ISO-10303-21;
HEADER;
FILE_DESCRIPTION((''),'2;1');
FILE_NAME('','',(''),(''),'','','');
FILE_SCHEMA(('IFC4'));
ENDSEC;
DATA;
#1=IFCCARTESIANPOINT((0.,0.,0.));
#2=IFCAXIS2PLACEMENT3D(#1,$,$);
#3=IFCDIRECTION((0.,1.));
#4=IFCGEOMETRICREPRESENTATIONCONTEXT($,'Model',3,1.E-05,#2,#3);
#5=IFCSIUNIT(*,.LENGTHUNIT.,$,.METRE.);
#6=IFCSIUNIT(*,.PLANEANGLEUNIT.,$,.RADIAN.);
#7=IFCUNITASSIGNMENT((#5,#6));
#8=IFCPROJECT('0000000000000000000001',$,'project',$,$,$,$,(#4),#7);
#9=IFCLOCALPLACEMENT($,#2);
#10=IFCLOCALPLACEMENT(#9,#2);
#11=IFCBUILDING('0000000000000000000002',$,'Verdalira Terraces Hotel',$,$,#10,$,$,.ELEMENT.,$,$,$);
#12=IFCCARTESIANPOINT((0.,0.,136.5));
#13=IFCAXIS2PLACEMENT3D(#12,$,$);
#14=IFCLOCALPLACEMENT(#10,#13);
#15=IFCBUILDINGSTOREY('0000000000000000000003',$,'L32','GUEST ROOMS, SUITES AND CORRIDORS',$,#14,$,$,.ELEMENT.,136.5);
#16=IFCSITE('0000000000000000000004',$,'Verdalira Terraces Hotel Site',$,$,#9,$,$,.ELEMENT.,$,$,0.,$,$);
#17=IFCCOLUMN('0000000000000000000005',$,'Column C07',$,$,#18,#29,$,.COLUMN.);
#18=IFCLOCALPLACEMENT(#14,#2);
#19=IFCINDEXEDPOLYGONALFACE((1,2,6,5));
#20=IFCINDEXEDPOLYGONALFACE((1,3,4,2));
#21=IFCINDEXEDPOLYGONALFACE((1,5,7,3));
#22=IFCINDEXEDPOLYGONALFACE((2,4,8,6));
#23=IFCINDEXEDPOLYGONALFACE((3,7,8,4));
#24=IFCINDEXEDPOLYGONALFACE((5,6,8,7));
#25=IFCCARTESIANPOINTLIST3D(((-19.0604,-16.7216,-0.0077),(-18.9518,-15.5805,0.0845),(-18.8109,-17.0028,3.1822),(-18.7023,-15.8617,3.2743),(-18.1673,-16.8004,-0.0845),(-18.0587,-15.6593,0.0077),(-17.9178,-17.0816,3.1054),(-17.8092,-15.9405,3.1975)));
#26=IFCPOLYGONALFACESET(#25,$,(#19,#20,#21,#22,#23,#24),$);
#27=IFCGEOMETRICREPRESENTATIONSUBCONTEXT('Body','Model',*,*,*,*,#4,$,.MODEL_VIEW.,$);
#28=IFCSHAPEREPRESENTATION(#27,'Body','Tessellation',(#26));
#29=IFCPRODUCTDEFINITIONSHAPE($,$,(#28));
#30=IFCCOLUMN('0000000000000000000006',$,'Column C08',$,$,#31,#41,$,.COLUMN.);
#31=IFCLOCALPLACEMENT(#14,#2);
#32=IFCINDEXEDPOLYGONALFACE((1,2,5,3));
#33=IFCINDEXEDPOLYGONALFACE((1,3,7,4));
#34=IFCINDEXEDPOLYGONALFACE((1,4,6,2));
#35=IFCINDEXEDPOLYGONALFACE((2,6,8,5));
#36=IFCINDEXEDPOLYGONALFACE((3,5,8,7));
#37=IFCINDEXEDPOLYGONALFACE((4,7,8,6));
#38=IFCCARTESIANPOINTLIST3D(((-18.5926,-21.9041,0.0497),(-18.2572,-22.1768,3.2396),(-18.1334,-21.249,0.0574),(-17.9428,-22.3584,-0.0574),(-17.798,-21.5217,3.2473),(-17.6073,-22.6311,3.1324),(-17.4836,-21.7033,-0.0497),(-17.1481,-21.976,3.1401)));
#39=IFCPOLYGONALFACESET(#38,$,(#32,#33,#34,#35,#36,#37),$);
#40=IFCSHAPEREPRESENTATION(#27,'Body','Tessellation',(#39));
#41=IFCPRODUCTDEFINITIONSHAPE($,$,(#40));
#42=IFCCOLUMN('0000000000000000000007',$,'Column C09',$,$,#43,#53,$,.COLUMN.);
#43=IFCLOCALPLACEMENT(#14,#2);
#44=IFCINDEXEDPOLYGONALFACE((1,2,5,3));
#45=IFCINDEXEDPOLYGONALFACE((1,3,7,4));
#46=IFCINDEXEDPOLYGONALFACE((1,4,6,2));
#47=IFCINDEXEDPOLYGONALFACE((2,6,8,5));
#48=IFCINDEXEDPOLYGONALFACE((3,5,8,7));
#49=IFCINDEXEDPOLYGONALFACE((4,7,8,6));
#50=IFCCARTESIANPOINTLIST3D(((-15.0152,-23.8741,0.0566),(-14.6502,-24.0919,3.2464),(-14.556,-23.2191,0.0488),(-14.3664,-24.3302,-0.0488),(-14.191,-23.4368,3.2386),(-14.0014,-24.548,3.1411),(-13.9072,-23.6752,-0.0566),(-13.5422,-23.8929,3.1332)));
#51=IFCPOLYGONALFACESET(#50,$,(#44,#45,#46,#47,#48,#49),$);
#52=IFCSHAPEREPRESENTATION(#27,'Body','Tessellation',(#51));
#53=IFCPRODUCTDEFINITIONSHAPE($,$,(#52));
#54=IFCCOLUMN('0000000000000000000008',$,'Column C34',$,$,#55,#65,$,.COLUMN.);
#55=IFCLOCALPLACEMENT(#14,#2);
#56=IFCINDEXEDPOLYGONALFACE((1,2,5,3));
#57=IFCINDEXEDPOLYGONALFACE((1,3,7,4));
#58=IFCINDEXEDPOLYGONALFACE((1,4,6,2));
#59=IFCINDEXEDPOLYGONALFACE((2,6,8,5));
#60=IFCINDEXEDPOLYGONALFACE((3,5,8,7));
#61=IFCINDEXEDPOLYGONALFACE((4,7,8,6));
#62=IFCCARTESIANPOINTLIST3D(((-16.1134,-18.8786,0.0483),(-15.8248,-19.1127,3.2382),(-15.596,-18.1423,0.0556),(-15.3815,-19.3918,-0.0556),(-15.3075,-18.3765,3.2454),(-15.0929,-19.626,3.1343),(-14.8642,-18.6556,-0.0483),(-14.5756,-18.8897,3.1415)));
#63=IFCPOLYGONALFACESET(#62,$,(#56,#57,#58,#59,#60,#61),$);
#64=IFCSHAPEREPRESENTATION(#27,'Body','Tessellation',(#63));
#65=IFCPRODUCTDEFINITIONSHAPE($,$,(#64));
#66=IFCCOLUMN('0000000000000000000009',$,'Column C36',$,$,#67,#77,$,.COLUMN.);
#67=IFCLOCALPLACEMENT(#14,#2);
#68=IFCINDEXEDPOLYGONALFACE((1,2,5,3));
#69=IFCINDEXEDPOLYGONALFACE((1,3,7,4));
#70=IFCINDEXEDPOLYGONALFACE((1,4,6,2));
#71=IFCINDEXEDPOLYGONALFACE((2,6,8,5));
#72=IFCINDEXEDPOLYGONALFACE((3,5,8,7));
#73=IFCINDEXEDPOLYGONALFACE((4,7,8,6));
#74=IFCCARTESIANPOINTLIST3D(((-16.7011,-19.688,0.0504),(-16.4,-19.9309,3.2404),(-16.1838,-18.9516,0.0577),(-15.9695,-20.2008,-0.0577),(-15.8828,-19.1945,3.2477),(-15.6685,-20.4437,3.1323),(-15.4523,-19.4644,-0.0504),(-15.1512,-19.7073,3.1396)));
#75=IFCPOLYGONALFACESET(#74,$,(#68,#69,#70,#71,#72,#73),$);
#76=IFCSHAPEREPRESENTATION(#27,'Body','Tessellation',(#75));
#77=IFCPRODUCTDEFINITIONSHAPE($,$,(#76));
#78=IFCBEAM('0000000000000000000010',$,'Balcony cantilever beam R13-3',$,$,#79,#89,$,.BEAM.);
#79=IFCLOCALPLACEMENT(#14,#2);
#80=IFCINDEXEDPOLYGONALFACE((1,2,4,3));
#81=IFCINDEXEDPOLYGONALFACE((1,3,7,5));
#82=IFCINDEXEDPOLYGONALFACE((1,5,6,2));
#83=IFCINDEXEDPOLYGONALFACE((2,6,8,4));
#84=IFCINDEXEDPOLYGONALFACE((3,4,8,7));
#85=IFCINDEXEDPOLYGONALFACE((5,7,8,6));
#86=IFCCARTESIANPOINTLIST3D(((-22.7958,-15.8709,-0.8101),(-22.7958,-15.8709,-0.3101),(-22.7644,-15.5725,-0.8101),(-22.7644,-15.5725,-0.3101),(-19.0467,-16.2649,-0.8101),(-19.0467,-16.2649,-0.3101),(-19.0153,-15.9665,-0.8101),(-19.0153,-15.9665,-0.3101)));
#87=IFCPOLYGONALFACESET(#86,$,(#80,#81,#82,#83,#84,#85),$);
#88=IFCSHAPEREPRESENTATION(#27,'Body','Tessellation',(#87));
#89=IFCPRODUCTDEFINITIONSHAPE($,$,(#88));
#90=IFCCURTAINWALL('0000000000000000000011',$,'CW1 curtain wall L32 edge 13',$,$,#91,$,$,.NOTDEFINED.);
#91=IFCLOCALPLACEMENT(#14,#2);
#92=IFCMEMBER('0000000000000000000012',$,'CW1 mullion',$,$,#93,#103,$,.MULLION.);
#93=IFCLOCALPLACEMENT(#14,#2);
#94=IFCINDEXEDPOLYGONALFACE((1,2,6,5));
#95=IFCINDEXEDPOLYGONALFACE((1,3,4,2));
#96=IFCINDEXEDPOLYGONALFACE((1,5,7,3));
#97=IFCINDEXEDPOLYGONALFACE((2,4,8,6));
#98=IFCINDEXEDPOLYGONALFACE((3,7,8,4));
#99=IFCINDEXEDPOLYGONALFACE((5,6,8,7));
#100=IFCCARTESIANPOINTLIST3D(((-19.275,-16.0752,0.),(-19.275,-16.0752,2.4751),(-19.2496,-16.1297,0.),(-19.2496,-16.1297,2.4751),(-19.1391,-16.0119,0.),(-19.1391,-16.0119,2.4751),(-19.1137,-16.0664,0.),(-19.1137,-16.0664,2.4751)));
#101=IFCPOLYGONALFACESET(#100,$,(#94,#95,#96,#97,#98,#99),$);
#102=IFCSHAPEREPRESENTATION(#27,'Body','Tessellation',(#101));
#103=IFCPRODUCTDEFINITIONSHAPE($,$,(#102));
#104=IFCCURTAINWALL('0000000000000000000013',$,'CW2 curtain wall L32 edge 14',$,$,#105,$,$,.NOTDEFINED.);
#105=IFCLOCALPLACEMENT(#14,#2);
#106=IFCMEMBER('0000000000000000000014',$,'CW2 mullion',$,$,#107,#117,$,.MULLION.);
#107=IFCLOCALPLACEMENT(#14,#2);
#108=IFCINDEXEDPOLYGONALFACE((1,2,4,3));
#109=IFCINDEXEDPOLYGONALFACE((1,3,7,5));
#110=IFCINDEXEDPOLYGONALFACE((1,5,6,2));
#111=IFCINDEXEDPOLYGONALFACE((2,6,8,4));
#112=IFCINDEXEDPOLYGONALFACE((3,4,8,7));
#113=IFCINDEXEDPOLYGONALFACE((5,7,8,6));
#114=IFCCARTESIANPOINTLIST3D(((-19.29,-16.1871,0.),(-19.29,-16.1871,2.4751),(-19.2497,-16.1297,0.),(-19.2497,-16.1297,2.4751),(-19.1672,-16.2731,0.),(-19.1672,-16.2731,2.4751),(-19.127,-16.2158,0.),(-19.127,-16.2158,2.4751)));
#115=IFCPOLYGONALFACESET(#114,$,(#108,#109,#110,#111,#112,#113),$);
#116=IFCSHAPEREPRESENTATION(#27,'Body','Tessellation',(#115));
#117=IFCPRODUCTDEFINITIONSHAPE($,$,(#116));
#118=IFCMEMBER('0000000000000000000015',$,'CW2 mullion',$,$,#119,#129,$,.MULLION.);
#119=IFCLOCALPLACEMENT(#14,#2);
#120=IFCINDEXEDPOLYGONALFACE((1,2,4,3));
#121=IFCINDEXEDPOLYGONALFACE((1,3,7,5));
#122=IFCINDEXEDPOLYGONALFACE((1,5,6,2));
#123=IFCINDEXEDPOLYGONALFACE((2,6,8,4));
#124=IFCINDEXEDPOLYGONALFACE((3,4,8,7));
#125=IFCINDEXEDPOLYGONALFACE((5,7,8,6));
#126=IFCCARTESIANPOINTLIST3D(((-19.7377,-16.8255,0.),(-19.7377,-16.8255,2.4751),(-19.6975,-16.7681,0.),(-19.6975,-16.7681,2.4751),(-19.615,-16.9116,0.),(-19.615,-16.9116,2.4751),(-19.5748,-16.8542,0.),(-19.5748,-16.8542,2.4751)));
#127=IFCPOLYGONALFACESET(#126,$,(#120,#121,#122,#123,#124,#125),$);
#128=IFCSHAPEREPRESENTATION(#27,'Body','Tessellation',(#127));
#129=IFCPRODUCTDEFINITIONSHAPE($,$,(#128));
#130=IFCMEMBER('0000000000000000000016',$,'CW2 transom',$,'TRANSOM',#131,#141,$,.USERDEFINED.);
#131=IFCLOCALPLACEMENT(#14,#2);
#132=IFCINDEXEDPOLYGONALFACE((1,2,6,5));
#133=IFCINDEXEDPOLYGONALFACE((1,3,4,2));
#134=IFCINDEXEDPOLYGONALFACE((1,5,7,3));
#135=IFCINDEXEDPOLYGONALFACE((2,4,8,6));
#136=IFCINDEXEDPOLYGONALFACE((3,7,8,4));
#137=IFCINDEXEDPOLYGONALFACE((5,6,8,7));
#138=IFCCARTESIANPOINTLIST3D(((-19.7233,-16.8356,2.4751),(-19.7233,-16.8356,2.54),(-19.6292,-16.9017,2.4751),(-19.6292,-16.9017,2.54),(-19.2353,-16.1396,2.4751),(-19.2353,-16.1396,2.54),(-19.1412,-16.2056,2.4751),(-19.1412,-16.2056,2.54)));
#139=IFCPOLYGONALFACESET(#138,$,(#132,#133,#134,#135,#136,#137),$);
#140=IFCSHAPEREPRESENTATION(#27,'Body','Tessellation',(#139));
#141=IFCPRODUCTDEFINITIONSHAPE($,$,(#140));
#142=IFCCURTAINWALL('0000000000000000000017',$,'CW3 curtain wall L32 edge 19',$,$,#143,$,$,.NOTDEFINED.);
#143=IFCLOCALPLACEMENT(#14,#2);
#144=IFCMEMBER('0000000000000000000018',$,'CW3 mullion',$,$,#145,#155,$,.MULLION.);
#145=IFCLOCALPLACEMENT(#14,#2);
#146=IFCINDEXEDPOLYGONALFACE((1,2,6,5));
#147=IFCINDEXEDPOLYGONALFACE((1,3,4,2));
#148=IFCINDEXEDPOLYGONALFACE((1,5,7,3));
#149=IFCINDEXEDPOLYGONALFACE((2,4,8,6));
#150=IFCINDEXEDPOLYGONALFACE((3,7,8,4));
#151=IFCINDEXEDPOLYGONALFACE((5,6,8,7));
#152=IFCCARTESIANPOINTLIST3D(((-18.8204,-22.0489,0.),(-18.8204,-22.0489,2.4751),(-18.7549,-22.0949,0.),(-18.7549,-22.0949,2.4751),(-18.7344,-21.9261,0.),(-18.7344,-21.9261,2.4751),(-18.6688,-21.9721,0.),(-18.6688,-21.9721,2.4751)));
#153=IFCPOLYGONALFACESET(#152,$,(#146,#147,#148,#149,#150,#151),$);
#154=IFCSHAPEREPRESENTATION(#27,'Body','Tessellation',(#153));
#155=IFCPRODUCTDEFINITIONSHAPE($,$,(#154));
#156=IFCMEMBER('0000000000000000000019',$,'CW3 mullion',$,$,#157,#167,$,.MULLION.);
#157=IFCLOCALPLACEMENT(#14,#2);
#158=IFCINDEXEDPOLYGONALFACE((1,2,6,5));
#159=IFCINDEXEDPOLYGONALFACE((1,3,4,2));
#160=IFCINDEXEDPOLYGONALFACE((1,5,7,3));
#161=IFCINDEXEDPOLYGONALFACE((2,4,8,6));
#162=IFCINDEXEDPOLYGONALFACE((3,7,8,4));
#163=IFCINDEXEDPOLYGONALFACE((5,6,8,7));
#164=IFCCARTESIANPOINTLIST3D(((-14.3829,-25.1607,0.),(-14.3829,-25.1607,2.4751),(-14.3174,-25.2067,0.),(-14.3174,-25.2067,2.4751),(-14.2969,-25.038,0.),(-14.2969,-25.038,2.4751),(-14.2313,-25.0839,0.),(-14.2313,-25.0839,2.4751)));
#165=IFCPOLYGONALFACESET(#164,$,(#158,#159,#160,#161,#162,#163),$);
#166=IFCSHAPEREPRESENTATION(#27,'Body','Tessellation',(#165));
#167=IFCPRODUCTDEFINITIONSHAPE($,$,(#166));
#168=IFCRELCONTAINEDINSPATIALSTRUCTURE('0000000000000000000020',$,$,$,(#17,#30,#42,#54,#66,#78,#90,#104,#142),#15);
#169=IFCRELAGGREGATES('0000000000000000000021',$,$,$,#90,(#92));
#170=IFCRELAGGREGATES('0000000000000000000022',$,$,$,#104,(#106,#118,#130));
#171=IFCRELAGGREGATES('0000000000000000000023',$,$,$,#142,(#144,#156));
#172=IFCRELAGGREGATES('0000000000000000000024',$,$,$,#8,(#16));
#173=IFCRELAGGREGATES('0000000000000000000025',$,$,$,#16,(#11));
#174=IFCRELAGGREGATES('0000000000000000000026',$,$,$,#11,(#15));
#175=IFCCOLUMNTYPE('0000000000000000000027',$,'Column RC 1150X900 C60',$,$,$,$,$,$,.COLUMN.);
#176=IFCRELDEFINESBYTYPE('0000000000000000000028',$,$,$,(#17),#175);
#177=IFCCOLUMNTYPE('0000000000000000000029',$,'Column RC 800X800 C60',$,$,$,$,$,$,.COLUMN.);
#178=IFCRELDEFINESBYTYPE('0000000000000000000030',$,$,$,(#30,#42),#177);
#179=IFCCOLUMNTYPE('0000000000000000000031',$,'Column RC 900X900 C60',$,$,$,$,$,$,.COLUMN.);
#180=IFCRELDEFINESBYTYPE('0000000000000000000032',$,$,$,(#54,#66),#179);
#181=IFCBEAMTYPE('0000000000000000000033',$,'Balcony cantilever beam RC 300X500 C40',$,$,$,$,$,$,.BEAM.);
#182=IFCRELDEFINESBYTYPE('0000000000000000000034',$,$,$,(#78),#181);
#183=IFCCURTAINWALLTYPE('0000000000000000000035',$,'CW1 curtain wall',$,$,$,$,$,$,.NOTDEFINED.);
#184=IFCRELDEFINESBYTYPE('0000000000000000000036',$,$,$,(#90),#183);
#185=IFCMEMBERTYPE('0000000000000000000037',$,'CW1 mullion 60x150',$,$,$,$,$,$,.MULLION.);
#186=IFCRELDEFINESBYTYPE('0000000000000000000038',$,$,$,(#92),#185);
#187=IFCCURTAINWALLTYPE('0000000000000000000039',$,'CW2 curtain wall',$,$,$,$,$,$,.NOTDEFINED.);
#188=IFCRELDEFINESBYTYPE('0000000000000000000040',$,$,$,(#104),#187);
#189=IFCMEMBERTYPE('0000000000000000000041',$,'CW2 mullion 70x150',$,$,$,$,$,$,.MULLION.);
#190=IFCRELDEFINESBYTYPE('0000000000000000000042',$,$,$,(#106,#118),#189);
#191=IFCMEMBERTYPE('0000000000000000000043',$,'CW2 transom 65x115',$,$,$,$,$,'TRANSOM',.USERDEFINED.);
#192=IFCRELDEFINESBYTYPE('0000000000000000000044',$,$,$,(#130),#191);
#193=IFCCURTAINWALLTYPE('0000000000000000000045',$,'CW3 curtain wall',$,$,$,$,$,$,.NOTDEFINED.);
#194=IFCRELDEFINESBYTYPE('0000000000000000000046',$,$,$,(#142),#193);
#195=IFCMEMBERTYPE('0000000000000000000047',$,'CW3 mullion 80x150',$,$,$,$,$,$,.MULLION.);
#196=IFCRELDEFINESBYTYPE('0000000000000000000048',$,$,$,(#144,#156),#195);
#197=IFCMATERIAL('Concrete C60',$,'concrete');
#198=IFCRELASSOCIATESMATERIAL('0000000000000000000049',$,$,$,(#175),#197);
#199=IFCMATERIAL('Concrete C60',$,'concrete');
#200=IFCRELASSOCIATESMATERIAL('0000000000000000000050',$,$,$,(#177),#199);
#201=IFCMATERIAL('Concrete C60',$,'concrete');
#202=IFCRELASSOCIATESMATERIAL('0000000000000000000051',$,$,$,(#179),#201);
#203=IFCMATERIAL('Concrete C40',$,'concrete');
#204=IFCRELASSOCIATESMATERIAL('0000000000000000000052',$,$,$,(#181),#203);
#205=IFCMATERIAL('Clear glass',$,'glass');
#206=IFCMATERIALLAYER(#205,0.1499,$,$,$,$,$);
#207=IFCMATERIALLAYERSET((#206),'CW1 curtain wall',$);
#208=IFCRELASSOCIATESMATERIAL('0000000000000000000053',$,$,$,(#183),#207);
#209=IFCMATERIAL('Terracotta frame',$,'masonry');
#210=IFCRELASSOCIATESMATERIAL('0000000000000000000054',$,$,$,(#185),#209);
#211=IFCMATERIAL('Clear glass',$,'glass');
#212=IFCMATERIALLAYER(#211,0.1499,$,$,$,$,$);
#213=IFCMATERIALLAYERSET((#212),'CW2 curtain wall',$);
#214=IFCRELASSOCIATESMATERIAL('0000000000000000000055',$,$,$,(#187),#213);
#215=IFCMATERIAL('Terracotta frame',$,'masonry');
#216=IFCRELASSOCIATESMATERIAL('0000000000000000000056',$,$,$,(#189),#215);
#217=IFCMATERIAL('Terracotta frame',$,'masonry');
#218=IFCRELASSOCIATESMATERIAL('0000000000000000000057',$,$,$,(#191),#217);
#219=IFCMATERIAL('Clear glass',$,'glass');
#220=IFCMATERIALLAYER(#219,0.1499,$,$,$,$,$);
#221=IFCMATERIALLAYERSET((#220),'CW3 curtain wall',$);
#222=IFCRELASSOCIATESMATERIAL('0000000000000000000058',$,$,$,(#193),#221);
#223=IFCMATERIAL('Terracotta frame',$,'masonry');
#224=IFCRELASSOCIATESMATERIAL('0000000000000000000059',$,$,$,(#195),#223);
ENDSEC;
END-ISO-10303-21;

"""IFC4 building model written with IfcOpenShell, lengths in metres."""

from ifc_helpers import new_model, si_unit, direction, frame, origin, origin_2d, place, context, subcontext, project, spatial, rectangle, extrude, material, layer, layer_set, material_profile, profile_set, type_object, element, aggregate, save


model = new_model("IFC4")

# Units and contexts
model_context = context("Model", 3, precision=1e-05, world=origin(), true_north=direction((0.0, 1.0)))
body_context = subcontext(model_context, "Body", "Model", "MODEL_VIEW")
ifc_project = project(units=[si_unit("LENGTHUNIT", "METRE"), si_unit("PLANEANGLEUNIT", "RADIAN")], contexts=[model_context])

# Site, building, storey
site_placement = place(None, origin())
site = spatial("IfcSite", under=ifc_project, at=site_placement, Name="Verdalira Terraces Hotel Site", CompositionType="ELEMENT", RefElevation=0.0)
building_placement = place(site_placement, origin())
building = spatial("IfcBuilding", under=site, at=building_placement, Name="Verdalira Terraces Hotel", CompositionType="ELEMENT")
storey_placement = place(building_placement, frame((0.0, 0.0, 136.5)))
storey = spatial("IfcBuildingStorey", under=building, at=storey_placement, Name="L32", Description="GUEST ROOMS, SUITES AND CORRIDORS", CompositionType="ELEMENT", Elevation=136.5)

# Columns
ifc_material_1 = material(Name="Concrete C60", Category="concrete")
ifc_material_profile_1 = material_profile(ifc_material_1, rectangle(XDim=1.1499, YDim=0.8999, at=origin_2d()), Name="RC 1150X900")
ifc_profile_set_1 = profile_set([ifc_material_profile_1], Name="Concrete C60")
column_type_1 = type_object("IfcColumnType", Name="Column RC 1150X900 C60", PredefinedType="COLUMN", material=ifc_profile_set_1)
column_1_placement = place(storey_placement, frame((-18.5596, -16.1904, 0.0), z_axis=(0.077681, -0.087562, 0.993126), x_axis=(0.094435, 0.992303, 0.080103)))
element("IfcColumn", 1, at=column_1_placement, inside=storey, type_object=column_type_1, Name="Column C07", PredefinedType="COLUMN", context=body_context, shape_type="SweptSolid", body=[
    extrude(rectangle(XDim=1.1499, YDim=0.8999, at=origin_2d()), origin(), (0.0, 0.0, 1.0), 3.2119),
])
ifc_material_2 = material(Name="Concrete C60", Category="concrete")
ifc_material_profile_2 = material_profile(ifc_material_2, rectangle(XDim=0.8, YDim=0.8, at=origin_2d()), Name="RC 800X800")
ifc_profile_set_2 = profile_set([ifc_material_profile_2], Name="Concrete C60")
column_type_2 = type_object("IfcColumnType", Name="Column RC 800X800 C60", PredefinedType="COLUMN", material=ifc_profile_set_2)
column_2_placement = place(storey_placement, frame((-18.0381, -21.8037, 0.0), z_axis=(0.104206, -0.084715, 0.990941), x_axis=(0.812222, -0.567762, -0.133949)))
element("IfcColumn", 2, at=column_2_placement, inside=storey, type_object=column_type_2, Name="Column C08", PredefinedType="COLUMN", context=body_context, shape_type="SweptSolid", body=[
    extrude(rectangle(XDim=0.8, YDim=0.8, at=origin_2d()), origin(), (0.0, 0.0, 1.0), 3.219),
])
column_3_placement = place(storey_placement, frame((-14.4612, -23.7747, 0.0), z_axis=(0.113417, -0.067671, 0.99124), x_axis=(0.810958, -0.570087, -0.131708)))
element("IfcColumn", 3, at=column_3_placement, inside=storey, type_object=column_type_2, Name="Column C09", PredefinedType="COLUMN", context=body_context, shape_type="SweptSolid", body=[
    extrude(rectangle(XDim=0.8, YDim=0.8, at=origin_2d()), origin(), (0.0, 0.0, 1.0), 3.218),
])
ifc_material_3 = material(Name="Concrete C60", Category="concrete")
ifc_material_profile_3 = material_profile(ifc_material_3, rectangle(XDim=0.8999, YDim=0.8999, at=origin_2d()), Name="RC 900X900")
ifc_profile_set_3 = profile_set([ifc_material_profile_3], Name="Concrete C60")
column_type_3 = type_object("IfcColumnType", Name="Column RC 900X900 C60", PredefinedType="COLUMN", material=ifc_profile_set_3)
column_4_placement = place(storey_placement, frame((-15.4888, -18.7671, 0.0), z_axis=(0.089856, -0.072904, 0.993283), x_axis=(-0.574896, -0.818187, -0.008045)))
element("IfcColumn", 4, at=column_4_placement, inside=storey, type_object=column_type_3, Name="Column C34", PredefinedType="COLUMN", context=body_context, shape_type="SweptSolid", body=[
    extrude(rectangle(XDim=0.8999, YDim=0.8999, at=origin_2d()), origin(), (0.0, 0.0, 1.0), 3.2114),
])
column_5_placement = place(storey_placement, frame((-16.0767, -19.5762, 0.0), z_axis=(0.093681, -0.075598, 0.992728), x_axis=(-0.574764, -0.818279, -0.008075)))
element("IfcColumn", 5, at=column_5_placement, inside=storey, type_object=column_type_3, Name="Column C36", PredefinedType="COLUMN", context=body_context, shape_type="SweptSolid", body=[
    extrude(rectangle(XDim=0.8999, YDim=0.8999, at=origin_2d()), origin(), (0.0, 0.0, 1.0), 3.2134),
])

# Beam
ifc_material_4 = material(Name="Concrete C40", Category="concrete")
ifc_material_profile_4 = material_profile(ifc_material_4, rectangle(XDim=0.3, YDim=0.5, at=origin_2d()), Name="RC 300X500")
ifc_profile_set_4 = profile_set([ifc_material_profile_4], Name="Concrete C40")
beam_type_1 = type_object("IfcBeamType", Name="Balcony cantilever beam RC 300X500 C40", PredefinedType="BEAM", material=ifc_profile_set_4)
beam_1_placement = place(storey_placement, frame((-19.031, -16.1157, -0.5601), z_axis=(-0.994522, 0.10453, 0.0), x_axis=(-0.10453, -0.994522, 0.0)))
element("IfcBeam", 6, at=beam_1_placement, inside=storey, type_object=beam_type_1, Name="Balcony cantilever beam R13-3", PredefinedType="BEAM", context=body_context, shape_type="SweptSolid", body=[
    extrude(rectangle(XDim=0.3, YDim=0.5, at=origin_2d()), origin(), (0.0, 0.0, 1.0), 3.7698),
])

# Curtain wall, member
ifc_material_5 = material(Name="Clear glass", Category="glass")
ifc_layer_1 = layer(ifc_material_5, 0.1499)
ifc_layer_set_1 = layer_set([ifc_layer_1], Name="CW1 curtain wall")
curtain_wall_type_1 = type_object("IfcCurtainWallType", Name="CW1 curtain wall", PredefinedType="NOTDEFINED", material=ifc_layer_set_1)
curtain_wall_1_placement = place(storey_placement, origin())
curtain_wall_1 = element("IfcCurtainWall", 7, at=curtain_wall_1_placement, inside=storey, type_object=curtain_wall_type_1, Name="CW1 curtain wall L32 edge 13", PredefinedType="NOTDEFINED")
ifc_material_6 = material(Name="Terracotta frame", Category="masonry")
ifc_material_profile_5 = material_profile(ifc_material_6, rectangle(XDim=0.0601, YDim=0.1499, at=origin_2d()), Name="MU 60x150")
ifc_profile_set_5 = profile_set([ifc_material_profile_5], Name="Terracotta frame")
member_type_1 = type_object("IfcMemberType", Name="CW1 mullion 60x150", PredefinedType="MULLION", material=ifc_profile_set_5)
member_1_placement = place(storey_placement, frame((-19.1943, -16.0708, 0.0), z_axis=(0.0, 0.0, 1.0), x_axis=(0.421985, -0.906603, 0.0)))
member_1 = element("IfcMember", 8, at=member_1_placement, type_object=member_type_1, Name="CW1 mullion", PredefinedType="MULLION", context=body_context, shape_type="SweptSolid", body=[
    extrude(rectangle(XDim=0.0601, YDim=0.1499, at=origin_2d()), origin(), (0.0, 0.0, 1.0), 2.4751),
])

# Curtain walls, members
ifc_material_7 = material(Name="Clear glass", Category="glass")
ifc_layer_2 = layer(ifc_material_7, 0.1499)
ifc_layer_set_2 = layer_set([ifc_layer_2], Name="CW2 curtain wall")
curtain_wall_type_2 = type_object("IfcCurtainWallType", Name="CW2 curtain wall", PredefinedType="NOTDEFINED", material=ifc_layer_set_2)
curtain_wall_2_placement = place(storey_placement, origin())
curtain_wall_2 = element("IfcCurtainWall", 9, at=curtain_wall_2_placement, inside=storey, type_object=curtain_wall_type_2, Name="CW2 curtain wall L32 edge 14", PredefinedType="NOTDEFINED")
ifc_material_8 = material(Name="Terracotta frame", Category="masonry")
ifc_material_profile_6 = material_profile(ifc_material_8, rectangle(XDim=0.0701, YDim=0.1499, at=origin_2d()), Name="MU 70x150")
ifc_profile_set_6 = profile_set([ifc_material_profile_6], Name="Terracotta frame")
member_type_2 = type_object("IfcMemberType", Name="CW2 mullion 70x150", PredefinedType="MULLION", material=ifc_profile_set_6)
member_2_placement = place(storey_placement, frame((-19.2085, -16.2014, 0.0), z_axis=(0.0, 0.0, 1.0), x_axis=(-0.574148, -0.818751, 0.0)))
member_2 = element("IfcMember", 10, at=member_2_placement, type_object=member_type_2, Name="CW2 mullion", PredefinedType="MULLION", context=body_context, shape_type="SweptSolid", body=[
    extrude(rectangle(XDim=0.0701, YDim=0.1499, at=origin_2d()), origin(), (0.0, 0.0, 1.0), 2.4751),
])
member_3_placement = place(storey_placement, frame((-19.6562, -16.8398, 0.0), z_axis=(0.0, 0.0, 1.0), x_axis=(-0.574148, -0.818751, 0.0)))
member_3 = element("IfcMember", 11, at=member_3_placement, type_object=member_type_2, Name="CW2 mullion", PredefinedType="MULLION", context=body_context, shape_type="SweptSolid", body=[
    extrude(rectangle(XDim=0.0701, YDim=0.1499, at=origin_2d()), origin(), (0.0, 0.0, 1.0), 2.4751),
])
ifc_material_9 = material(Name="Terracotta frame", Category="masonry")
ifc_material_profile_7 = material_profile(ifc_material_9, rectangle(XDim=0.115, YDim=0.0649, at=origin_2d()), Name="TR 65x115")
ifc_profile_set_7 = profile_set([ifc_material_profile_7], Name="Terracotta frame")
member_type_3 = type_object("IfcMemberType", Name="CW2 transom 65x115", ElementType="TRANSOM", PredefinedType="USERDEFINED", material=ifc_profile_set_7)
member_4_placement = place(storey_placement, frame((-19.1882, -16.1726, 2.5076), z_axis=(-0.574098, -0.818786, 0.0), x_axis=(0.818786, -0.574098, 0.0)))
member_4 = element("IfcMember", 12, at=member_4_placement, type_object=member_type_3, Name="CW2 transom", ObjectType="TRANSOM", PredefinedType="USERDEFINED", context=body_context, shape_type="SweptSolid", body=[
    extrude(rectangle(XDim=0.115, YDim=0.0649, at=origin_2d()), origin(), (0.0, 0.0, 1.0), 0.8501),
])
ifc_material_10 = material(Name="Clear glass", Category="glass")
ifc_layer_3 = layer(ifc_material_10, 0.1499)
ifc_layer_set_3 = layer_set([ifc_layer_3], Name="CW3 curtain wall")
curtain_wall_type_3 = type_object("IfcCurtainWallType", Name="CW3 curtain wall", PredefinedType="NOTDEFINED", material=ifc_layer_set_3)
curtain_wall_3_placement = place(storey_placement, origin())
curtain_wall_3 = element("IfcCurtainWall", 13, at=curtain_wall_3_placement, inside=storey, type_object=curtain_wall_type_3, Name="CW3 curtain wall L32 edge 19", PredefinedType="NOTDEFINED")
ifc_material_11 = material(Name="Terracotta frame", Category="masonry")
ifc_material_profile_8 = material_profile(ifc_material_11, rectangle(XDim=0.0801, YDim=0.1499, at=origin_2d()), Name="MU 80x150")
ifc_profile_set_8 = profile_set([ifc_material_profile_8], Name="Terracotta frame")
member_type_4 = type_object("IfcMemberType", Name="CW3 mullion 80x150", PredefinedType="MULLION", material=ifc_profile_set_8)
member_5_placement = place(storey_placement, frame((-18.7446, -22.0105, 0.0), z_axis=(0.0, 0.0, 1.0), x_axis=(0.818751, -0.574148, 0.0)))
member_5 = element("IfcMember", 14, at=member_5_placement, type_object=member_type_4, Name="CW3 mullion", PredefinedType="MULLION", context=body_context, shape_type="SweptSolid", body=[
    extrude(rectangle(XDim=0.0801, YDim=0.1499, at=origin_2d()), origin(), (0.0, 0.0, 1.0), 2.4751),
])
member_6_placement = place(storey_placement, frame((-14.3071, -25.1223, 0.0), z_axis=(0.0, 0.0, 1.0), x_axis=(0.818751, -0.574148, 0.0)))
member_6 = element("IfcMember", 15, at=member_6_placement, type_object=member_type_4, Name="CW3 mullion", PredefinedType="MULLION", context=body_context, shape_type="SweptSolid", body=[
    extrude(rectangle(XDim=0.0801, YDim=0.1499, at=origin_2d()), origin(), (0.0, 0.0, 1.0), 2.4751),
])

aggregate(curtain_wall_1, [member_1])
aggregate(curtain_wall_2, [member_2, member_3, member_4])
aggregate(curtain_wall_3, [member_5, member_6])

save(model, "model.ifc")
